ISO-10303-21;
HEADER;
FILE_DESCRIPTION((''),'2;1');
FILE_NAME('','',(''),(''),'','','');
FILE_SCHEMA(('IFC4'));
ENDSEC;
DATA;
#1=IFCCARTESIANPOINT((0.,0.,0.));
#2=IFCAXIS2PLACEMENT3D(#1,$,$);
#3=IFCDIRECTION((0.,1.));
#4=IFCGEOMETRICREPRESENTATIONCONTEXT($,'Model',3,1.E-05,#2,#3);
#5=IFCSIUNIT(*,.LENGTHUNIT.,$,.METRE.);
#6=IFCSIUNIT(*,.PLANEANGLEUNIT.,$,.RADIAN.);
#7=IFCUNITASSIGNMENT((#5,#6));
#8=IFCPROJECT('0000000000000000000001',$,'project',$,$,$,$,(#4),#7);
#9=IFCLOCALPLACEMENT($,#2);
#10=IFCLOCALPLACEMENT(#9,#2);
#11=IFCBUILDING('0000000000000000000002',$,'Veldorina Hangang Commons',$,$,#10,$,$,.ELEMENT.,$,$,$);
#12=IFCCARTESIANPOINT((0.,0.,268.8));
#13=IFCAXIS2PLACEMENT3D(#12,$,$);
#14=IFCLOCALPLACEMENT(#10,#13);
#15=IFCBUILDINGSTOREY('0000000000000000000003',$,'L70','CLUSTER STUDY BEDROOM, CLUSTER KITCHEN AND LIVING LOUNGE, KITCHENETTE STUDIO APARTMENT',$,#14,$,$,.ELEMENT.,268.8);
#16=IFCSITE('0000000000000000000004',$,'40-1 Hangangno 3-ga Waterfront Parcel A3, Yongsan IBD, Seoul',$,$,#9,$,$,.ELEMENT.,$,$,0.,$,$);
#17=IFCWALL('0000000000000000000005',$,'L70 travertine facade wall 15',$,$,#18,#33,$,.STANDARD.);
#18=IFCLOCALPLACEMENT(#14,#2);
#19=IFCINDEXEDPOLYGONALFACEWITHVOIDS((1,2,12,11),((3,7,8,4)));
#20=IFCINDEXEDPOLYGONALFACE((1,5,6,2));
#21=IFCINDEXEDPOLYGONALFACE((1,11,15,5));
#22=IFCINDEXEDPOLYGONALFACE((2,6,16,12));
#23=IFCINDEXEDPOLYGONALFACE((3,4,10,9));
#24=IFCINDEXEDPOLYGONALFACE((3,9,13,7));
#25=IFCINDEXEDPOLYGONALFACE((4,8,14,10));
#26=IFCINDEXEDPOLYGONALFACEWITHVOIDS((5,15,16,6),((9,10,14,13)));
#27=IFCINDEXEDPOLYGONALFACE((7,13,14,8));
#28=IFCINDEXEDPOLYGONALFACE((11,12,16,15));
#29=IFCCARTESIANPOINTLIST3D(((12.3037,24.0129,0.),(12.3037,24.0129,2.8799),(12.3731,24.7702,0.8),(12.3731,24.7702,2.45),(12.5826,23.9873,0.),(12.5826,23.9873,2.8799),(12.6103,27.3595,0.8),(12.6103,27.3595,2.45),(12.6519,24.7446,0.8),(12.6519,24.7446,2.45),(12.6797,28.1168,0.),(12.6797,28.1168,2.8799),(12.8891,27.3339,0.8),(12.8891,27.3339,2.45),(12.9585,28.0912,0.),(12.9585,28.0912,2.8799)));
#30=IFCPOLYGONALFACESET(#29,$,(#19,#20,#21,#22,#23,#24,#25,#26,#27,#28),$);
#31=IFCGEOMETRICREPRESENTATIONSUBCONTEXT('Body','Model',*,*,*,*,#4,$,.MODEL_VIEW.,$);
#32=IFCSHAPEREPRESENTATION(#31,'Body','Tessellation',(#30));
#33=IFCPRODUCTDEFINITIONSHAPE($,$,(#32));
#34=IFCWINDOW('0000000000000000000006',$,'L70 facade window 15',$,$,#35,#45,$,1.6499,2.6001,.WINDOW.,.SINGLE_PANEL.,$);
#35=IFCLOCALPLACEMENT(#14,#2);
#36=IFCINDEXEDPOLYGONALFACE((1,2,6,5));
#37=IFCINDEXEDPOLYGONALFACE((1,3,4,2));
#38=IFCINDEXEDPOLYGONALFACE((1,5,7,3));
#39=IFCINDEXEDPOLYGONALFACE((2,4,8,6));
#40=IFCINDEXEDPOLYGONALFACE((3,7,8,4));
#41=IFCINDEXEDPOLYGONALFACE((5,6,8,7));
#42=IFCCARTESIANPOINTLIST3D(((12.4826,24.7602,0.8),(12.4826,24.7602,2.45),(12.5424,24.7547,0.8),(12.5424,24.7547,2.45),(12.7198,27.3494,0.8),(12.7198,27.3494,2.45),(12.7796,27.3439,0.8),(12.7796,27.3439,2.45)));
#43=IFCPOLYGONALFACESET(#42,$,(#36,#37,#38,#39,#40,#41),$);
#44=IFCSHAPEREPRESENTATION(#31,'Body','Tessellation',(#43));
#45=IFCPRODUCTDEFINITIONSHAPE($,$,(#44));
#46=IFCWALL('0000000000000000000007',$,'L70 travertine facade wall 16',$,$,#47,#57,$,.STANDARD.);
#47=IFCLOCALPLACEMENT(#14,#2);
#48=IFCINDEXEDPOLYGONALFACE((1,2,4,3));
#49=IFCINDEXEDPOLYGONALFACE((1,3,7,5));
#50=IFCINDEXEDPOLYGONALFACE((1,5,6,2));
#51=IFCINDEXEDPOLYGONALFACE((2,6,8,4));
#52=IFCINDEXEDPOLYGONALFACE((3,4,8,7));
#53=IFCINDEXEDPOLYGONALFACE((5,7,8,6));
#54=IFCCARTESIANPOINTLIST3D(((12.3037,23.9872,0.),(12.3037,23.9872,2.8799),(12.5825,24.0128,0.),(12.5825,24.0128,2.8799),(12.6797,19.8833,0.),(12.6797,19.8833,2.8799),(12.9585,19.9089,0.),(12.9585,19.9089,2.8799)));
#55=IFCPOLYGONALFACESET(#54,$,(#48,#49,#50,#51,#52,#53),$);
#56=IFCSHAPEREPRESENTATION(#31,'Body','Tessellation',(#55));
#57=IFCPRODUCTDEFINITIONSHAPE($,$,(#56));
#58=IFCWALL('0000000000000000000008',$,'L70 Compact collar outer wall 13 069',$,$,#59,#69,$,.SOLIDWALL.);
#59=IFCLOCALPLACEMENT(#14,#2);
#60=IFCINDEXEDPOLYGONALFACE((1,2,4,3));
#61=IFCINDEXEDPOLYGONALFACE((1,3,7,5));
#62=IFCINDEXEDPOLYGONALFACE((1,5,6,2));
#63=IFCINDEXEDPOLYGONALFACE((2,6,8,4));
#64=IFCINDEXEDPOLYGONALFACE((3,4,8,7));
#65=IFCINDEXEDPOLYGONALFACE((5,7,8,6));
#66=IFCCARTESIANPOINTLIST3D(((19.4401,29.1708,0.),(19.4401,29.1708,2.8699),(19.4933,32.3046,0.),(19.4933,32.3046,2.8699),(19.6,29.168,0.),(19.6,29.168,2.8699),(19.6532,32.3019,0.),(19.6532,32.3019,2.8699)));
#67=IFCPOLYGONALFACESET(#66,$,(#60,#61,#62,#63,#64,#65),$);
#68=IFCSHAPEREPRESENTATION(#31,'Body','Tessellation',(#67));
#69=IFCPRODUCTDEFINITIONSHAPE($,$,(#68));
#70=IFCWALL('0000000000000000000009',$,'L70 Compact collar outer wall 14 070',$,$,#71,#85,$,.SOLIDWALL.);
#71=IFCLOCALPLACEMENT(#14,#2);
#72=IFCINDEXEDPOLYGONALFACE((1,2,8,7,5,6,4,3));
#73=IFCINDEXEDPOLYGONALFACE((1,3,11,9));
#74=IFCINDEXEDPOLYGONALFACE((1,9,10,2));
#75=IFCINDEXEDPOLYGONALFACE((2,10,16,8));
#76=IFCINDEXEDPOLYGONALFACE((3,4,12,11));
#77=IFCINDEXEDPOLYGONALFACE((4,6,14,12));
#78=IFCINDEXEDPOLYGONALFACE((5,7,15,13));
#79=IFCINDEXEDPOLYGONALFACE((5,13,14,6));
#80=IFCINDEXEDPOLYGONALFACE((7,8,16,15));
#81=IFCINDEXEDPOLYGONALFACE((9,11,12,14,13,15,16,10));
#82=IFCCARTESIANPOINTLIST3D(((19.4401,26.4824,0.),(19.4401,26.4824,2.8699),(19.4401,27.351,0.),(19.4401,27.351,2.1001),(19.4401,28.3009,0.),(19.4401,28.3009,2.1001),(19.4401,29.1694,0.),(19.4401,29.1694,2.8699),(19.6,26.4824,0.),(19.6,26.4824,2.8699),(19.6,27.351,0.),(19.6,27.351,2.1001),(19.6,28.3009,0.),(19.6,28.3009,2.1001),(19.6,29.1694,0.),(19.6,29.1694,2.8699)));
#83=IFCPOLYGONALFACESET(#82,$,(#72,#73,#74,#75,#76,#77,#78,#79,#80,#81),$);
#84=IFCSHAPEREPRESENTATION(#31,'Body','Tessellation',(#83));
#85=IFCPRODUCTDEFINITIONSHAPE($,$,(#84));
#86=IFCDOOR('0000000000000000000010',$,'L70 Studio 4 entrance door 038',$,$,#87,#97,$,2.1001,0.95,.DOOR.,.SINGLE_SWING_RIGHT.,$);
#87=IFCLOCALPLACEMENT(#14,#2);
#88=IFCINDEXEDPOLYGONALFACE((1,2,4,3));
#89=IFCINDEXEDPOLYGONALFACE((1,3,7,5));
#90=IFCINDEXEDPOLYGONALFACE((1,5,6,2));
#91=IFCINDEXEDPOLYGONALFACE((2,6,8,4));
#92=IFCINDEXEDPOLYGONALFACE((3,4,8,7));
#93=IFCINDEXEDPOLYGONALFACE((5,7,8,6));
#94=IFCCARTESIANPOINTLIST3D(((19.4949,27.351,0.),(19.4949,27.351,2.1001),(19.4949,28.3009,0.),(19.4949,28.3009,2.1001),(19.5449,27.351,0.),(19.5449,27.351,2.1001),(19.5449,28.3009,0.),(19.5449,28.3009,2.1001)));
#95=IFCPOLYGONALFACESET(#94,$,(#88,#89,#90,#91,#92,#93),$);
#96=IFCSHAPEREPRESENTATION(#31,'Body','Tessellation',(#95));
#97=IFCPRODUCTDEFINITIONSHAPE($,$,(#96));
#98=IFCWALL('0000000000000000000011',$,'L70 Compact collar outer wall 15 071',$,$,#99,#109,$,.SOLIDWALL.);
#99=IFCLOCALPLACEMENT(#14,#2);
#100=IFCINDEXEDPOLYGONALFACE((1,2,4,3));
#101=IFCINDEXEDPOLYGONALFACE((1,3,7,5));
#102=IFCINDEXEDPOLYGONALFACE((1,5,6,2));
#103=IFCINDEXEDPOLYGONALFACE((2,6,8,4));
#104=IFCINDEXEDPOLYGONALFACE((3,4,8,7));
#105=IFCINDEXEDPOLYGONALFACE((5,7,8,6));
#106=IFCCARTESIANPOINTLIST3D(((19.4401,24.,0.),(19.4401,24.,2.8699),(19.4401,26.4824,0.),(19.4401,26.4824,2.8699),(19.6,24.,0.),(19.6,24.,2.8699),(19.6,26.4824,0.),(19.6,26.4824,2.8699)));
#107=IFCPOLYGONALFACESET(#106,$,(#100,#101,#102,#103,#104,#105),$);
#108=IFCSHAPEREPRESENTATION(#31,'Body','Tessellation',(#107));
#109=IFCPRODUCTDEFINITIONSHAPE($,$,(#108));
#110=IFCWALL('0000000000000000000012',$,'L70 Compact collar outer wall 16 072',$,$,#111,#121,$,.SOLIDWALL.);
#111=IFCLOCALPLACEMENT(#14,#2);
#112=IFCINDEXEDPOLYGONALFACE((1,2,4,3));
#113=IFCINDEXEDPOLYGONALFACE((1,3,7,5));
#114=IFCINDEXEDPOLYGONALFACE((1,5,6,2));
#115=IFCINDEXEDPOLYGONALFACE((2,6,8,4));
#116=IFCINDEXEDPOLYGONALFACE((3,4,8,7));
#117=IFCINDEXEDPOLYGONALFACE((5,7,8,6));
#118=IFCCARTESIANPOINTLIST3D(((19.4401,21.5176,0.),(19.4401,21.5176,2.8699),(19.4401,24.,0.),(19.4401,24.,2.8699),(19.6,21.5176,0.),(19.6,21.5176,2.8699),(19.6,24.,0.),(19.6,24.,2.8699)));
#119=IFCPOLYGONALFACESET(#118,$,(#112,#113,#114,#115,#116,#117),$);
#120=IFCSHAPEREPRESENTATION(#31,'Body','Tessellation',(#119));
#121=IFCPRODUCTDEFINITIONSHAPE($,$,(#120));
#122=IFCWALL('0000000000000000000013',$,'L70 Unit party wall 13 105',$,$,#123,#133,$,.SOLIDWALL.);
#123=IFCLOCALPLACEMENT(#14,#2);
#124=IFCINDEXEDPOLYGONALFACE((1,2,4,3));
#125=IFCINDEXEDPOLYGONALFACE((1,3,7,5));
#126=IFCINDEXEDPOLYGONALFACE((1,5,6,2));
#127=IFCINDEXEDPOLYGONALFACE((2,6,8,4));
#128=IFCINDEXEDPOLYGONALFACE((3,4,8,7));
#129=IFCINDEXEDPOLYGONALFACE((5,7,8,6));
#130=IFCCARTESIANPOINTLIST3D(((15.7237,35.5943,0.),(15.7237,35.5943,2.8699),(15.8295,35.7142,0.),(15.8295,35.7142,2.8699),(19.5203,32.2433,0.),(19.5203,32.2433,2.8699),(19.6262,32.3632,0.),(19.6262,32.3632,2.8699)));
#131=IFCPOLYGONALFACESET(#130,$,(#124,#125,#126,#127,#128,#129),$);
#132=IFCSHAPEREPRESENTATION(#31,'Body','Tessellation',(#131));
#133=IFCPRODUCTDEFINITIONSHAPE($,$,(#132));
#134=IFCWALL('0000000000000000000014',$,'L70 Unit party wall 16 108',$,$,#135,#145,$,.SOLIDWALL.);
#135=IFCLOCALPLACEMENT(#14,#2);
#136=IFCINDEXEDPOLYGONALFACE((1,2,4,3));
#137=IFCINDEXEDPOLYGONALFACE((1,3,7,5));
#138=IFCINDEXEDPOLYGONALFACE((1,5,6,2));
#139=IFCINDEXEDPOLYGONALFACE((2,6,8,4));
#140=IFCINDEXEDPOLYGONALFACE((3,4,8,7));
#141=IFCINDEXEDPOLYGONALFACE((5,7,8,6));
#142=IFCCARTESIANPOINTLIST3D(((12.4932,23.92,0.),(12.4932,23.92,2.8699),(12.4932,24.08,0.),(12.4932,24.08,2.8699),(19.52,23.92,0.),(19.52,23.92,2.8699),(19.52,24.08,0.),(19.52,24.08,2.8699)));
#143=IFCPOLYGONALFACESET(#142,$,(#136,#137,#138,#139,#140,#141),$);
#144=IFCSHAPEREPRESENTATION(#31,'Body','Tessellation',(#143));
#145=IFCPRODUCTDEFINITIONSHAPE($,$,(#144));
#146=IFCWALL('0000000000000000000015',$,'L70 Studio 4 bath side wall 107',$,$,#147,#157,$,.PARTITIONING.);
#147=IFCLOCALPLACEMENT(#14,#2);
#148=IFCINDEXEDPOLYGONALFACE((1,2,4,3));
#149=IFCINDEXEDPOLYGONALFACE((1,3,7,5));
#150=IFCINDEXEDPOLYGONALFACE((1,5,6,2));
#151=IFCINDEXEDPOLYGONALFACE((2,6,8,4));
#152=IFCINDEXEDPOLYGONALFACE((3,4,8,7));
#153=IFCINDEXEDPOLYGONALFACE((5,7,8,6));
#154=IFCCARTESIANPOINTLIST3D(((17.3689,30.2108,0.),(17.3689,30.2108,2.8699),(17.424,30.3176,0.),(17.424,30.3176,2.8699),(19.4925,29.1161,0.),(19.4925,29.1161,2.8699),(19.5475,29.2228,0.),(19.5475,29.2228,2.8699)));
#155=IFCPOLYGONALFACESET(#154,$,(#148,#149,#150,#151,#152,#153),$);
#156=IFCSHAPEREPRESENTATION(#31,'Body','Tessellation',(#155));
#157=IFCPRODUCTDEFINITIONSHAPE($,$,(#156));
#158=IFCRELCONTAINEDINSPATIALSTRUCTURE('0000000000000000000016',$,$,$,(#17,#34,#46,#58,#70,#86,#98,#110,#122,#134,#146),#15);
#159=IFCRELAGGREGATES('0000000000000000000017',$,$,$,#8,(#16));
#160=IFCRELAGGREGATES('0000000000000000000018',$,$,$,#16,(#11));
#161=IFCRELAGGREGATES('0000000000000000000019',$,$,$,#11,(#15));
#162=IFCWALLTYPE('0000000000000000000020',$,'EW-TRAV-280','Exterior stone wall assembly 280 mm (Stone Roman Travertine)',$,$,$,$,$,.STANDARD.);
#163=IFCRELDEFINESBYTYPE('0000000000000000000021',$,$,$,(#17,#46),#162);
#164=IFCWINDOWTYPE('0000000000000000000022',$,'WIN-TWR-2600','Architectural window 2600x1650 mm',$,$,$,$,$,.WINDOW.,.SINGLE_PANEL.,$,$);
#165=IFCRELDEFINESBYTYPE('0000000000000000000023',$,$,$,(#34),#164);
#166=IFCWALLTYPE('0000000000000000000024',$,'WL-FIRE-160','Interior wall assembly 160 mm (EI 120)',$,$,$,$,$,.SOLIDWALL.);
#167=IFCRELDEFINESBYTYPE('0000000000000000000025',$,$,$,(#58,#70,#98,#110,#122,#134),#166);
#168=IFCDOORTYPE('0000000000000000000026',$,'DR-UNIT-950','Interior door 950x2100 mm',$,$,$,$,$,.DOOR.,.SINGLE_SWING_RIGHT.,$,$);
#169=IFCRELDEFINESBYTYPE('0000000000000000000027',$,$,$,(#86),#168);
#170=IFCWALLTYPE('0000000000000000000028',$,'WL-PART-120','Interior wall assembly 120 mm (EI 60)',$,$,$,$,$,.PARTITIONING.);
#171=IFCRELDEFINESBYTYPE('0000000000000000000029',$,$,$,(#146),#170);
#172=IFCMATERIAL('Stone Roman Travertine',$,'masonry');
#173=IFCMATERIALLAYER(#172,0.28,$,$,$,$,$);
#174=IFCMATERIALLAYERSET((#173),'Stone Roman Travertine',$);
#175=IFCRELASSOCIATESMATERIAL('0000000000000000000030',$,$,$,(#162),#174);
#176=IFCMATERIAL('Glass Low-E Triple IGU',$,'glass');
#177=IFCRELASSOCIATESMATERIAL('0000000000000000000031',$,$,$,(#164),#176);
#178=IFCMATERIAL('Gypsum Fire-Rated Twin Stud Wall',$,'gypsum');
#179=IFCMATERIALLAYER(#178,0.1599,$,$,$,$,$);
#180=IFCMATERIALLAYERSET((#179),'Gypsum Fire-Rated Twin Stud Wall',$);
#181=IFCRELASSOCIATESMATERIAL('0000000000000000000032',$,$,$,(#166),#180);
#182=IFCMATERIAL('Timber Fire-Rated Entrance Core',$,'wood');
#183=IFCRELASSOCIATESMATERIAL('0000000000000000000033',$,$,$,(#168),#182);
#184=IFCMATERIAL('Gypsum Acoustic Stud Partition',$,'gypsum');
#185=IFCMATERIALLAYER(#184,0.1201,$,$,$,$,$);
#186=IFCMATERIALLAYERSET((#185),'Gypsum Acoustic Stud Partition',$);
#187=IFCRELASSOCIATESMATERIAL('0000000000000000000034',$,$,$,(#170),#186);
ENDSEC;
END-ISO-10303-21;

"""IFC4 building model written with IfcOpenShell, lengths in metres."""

from ifc_helpers import new_model, si_unit, direction, frame, frame_2d, origin, place, context, subcontext, project, spatial, rectangle, extrude, material, layer, layer_set, type_object, element, fill, save


model = new_model("IFC4")

# Units and contexts
model_context = context("Model", 3, precision=1e-05, world=origin(), true_north=direction((0.0, 1.0)))
body_context = subcontext(model_context, "Body", "Model", "MODEL_VIEW")
ifc_project = project(units=[si_unit("LENGTHUNIT", "METRE"), si_unit("PLANEANGLEUNIT", "RADIAN")], contexts=[model_context])

# Site, building, storey
site_placement = place(None, origin())
site = spatial("IfcSite", under=ifc_project, at=site_placement, Name="40-1 Hangangno 3-ga Waterfront Parcel A3, Yongsan IBD, Seoul", CompositionType="ELEMENT", RefElevation=0.0)
building_placement = place(site_placement, origin())
building = spatial("IfcBuilding", under=site, at=building_placement, Name="Veldorina Hangang Commons", CompositionType="ELEMENT")
storey_placement = place(building_placement, frame((0.0, 0.0, 268.8)))
storey = spatial("IfcBuildingStorey", under=building, at=storey_placement, Name="L70", Description="CLUSTER STUDY BEDROOM, CLUSTER KITCHEN AND LIVING LOUNGE, KITCHENETTE STUDIO APARTMENT", CompositionType="ELEMENT", Elevation=268.8)

# Shared definitions
ifc_material_1 = material(Name="Stone Roman Travertine", Category="masonry")
ifc_layer_1 = layer(ifc_material_1, 0.28)
ifc_layer_set_1 = layer_set([ifc_layer_1], Name="Stone Roman Travertine")
wall_type_1 = type_object("IfcWallType", Name="EW-TRAV-280", Description="Exterior stone wall assembly 280 mm (Stone Roman Travertine)", PredefinedType="STANDARD", material=ifc_layer_set_1)

# Wall, opening, window
wall_1_placement = place(storey_placement, frame((12.8191, 28.104, 0.0), z_axis=(0.0, 0.0, 1.0), x_axis=(-0.09123, -0.99583, 0.0)))
wall_1 = element("IfcWall", 1, at=wall_1_placement, inside=storey, type_object=wall_type_1, Name="L70 travertine facade wall 15", PredefinedType="STANDARD", context=body_context, shape_type="SweptSolid", body=[
    extrude(rectangle(XDim=4.1211, YDim=0.28, at=frame_2d((2.0605, 0.0))), origin(), (0.0, 0.0, 1.0), 2.8799),
])
opening_1_placement = place(wall_1_placement, frame((0.7605, 0.0, 0.8)))
opening_1 = element("IfcOpeningElement", 2, at=opening_1_placement, cuts=wall_1, PredefinedType="OPENING", context=body_context, shape_type="SweptSolid", body=[
    extrude(rectangle(XDim=2.6001, YDim=1.6499, at=frame_2d((1.3, 0.825))), frame((0.0, 0.1499, 0.0), z_axis=(0.0, -1.0, 0.0), x_axis=(1.0, 0.0, 0.0)), (0.0, 0.0, 1.0), 0.3),
])
ifc_material_2 = material(Name="Glass Low-E Triple IGU", Category="glass")
window_type = type_object("IfcWindowType", Name="WIN-TWR-2600", Description="Architectural window 2600x1650 mm", PartitioningType="SINGLE_PANEL", PredefinedType="WINDOW", material=ifc_material_2)
window_placement = place(opening_1_placement, origin())
window = element("IfcWindow", 3, at=window_placement, inside=storey, type_object=window_type, Name="L70 facade window 15", OverallHeight=1.6499, OverallWidth=2.6001, PartitioningType="SINGLE_PANEL", PredefinedType="WINDOW", context=body_context, shape_type="SweptSolid", body=[
    extrude(rectangle(XDim=2.6001, YDim=1.6499, at=frame_2d((1.3, 0.825))), frame((0.0, 0.03, 0.0), z_axis=(0.0, -1.0, 0.0), x_axis=(1.0, 0.0, 0.0)), (0.0, 0.0, 1.0), 0.0601),
])
fill(opening_1, window)

# Walls
wall_2_placement = place(storey_placement, frame((12.4431, 24.0, 0.0), z_axis=(0.0, 0.0, 1.0), x_axis=(0.09123, -0.99583, 0.0)))
element("IfcWall", 4, at=wall_2_placement, inside=storey, type_object=wall_type_1, Name="L70 travertine facade wall 16", PredefinedType="STANDARD", context=body_context, shape_type="SweptSolid", body=[
    extrude(rectangle(XDim=4.1211, YDim=0.28, at=frame_2d((2.0605, 0.0))), origin(), (0.0, 0.0, 1.0), 2.8799),
])
ifc_material_3 = material(Name="Gypsum Fire-Rated Twin Stud Wall", Category="gypsum")
ifc_layer_2 = layer(ifc_material_3, 0.1599)
ifc_layer_set_2 = layer_set([ifc_layer_2], Name="Gypsum Fire-Rated Twin Stud Wall")
wall_type_2 = type_object("IfcWallType", Name="WL-FIRE-160", Description="Interior wall assembly 160 mm (EI 120)", PredefinedType="SOLIDWALL", material=ifc_layer_set_2)
wall_3_placement = place(storey_placement, frame((19.5732, 32.3032, 0.0), z_axis=(0.0, 0.0, 1.0), x_axis=(-0.016981, -0.999856, 0.0)))
element("IfcWall", 5, at=wall_3_placement, inside=storey, type_object=wall_type_2, Name="L70 Compact collar outer wall 13 069", PredefinedType="SOLIDWALL", context=body_context, shape_type="SweptSolid", body=[
    extrude(rectangle(XDim=3.1343, YDim=0.1599, at=frame_2d((1.5671, 0.0))), origin(), (0.0, 0.0, 1.0), 2.8699),
])

# Wall, opening, door
wall_4_placement = place(storey_placement, frame((19.52, 29.1694, 0.0), z_axis=(0.0, 0.0, 1.0), x_axis=(0.0, -1.0, 0.0)))
wall_4 = element("IfcWall", 6, at=wall_4_placement, inside=storey, type_object=wall_type_2, Name="L70 Compact collar outer wall 14 070", PredefinedType="SOLIDWALL", context=body_context, shape_type="SweptSolid", body=[
    extrude(rectangle(XDim=2.687, YDim=0.1599, at=frame_2d((1.3435, 0.0))), origin(), (0.0, 0.0, 1.0), 2.8699),
])
opening_2_placement = place(wall_4_placement, frame((0.8684, 0.0, 0.0)))
opening_2 = element("IfcOpeningElement", 7, at=opening_2_placement, cuts=wall_4, PredefinedType="OPENING", context=body_context, shape_type="SweptSolid", body=[
    extrude(rectangle(XDim=0.95, YDim=2.1001, at=frame_2d((0.4751, 1.05))), frame((0.0, 0.0898, 0.0), z_axis=(0.0, -1.0, 0.0), x_axis=(1.0, 0.0, 0.0)), (0.0, 0.0, 1.0), 0.1799),
])
ifc_material_4 = material(Name="Timber Fire-Rated Entrance Core", Category="wood")
door_type_1 = type_object("IfcDoorType", Name="DR-UNIT-950", Description="Interior door 950x2100 mm", OperationType="SINGLE_SWING_RIGHT", PredefinedType="DOOR", material=ifc_material_4)
door_1_placement = place(opening_2_placement, origin())
door_1 = element("IfcDoor", 8, at=door_1_placement, inside=storey, type_object=door_type_1, Name="L70 Studio 4 entrance door 038", OperationType="SINGLE_SWING_RIGHT", OverallHeight=2.1001, OverallWidth=0.95, PredefinedType="DOOR", context=body_context, shape_type="SweptSolid", body=[
    extrude(rectangle(XDim=0.95, YDim=2.1001, at=frame_2d((0.4751, 1.05))), frame((0.0, 0.0249, 0.0), z_axis=(0.0, -1.0, 0.0), x_axis=(1.0, 0.0, 0.0)), (0.0, 0.0, 1.0), 0.05),
])
fill(opening_2, door_1)

# Walls
for number, where, z_axis, x_axis, name in (
    (9, (19.52, 26.4824, 0.0), (0.0, 0.0, 1.0), (0.0, -1.0, 0.0), "L70 Compact collar outer wall 15 071"),
    (10, (19.52, 24.0, 0.0), (0.0, 0.0, 1.0), (0.0, -1.0, 0.0), "L70 Compact collar outer wall 16 072"),
):
    element("IfcWall", number, at=place(storey_placement, frame(where, z_axis=z_axis, x_axis=x_axis)), inside=storey, type_object=wall_type_2, Name=name, PredefinedType="SOLIDWALL", context=body_context, shape_type="SweptSolid", body=[
        extrude(rectangle(XDim=2.4824, YDim=0.1599, at=frame_2d((1.2412, 0.0))), origin(), (0.0, 0.0, 1.0), 2.8699),
    ])
wall_5_placement = place(storey_placement, frame((19.5732, 32.3032, 0.0), z_axis=(0.0, 0.0, 1.0), x_axis=(-0.74973, 0.661744, 0.0)))
element("IfcWall", 11, at=wall_5_placement, inside=storey, type_object=wall_type_2, Name="L70 Unit party wall 13 105", PredefinedType="SOLIDWALL", context=body_context, shape_type="SweptSolid", body=[
    extrude(rectangle(XDim=5.064, YDim=0.1599, at=frame_2d((2.532, 0.0))), origin(), (0.0, 0.0, 1.0), 2.8699),
])
wall_6_placement = place(storey_placement, frame((19.52, 24.0, 0.0), z_axis=(0.0, 0.0, 1.0), x_axis=(-1.0, 0.0, 0.0)))
element("IfcWall", 12, at=wall_6_placement, inside=storey, type_object=wall_type_2, Name="L70 Unit party wall 16 108", PredefinedType="SOLIDWALL", context=body_context, shape_type="SweptSolid", body=[
    extrude(rectangle(XDim=7.0269, YDim=0.1599, at=frame_2d((3.5134, 0.0))), origin(), (0.0, 0.0, 1.0), 2.8699),
])
ifc_material_5 = material(Name="Gypsum Acoustic Stud Partition", Category="gypsum")
ifc_layer_3 = layer(ifc_material_5, 0.1201)
ifc_layer_set_3 = layer_set([ifc_layer_3], Name="Gypsum Acoustic Stud Partition")
wall_type_3 = type_object("IfcWallType", Name="WL-PART-120", Description="Interior wall assembly 120 mm (EI 60)", PredefinedType="PARTITIONING", material=ifc_layer_set_3)
wall_7_placement = place(storey_placement, frame((19.52, 29.1694, 0.0), z_axis=(0.0, 0.0, 1.0), x_axis=(-0.888841, 0.458216, 0.0)))
element("IfcWall", 13, at=wall_7_placement, inside=storey, type_object=wall_type_3, Name="L70 Studio 4 bath side wall 107", PredefinedType="PARTITIONING", context=body_context, shape_type="SweptSolid", body=[
    extrude(rectangle(XDim=2.3892, YDim=0.1201, at=frame_2d((1.1946, 0.0))), origin(), (0.0, 0.0, 1.0), 2.8699),
])

save(model, "model.ifc")
